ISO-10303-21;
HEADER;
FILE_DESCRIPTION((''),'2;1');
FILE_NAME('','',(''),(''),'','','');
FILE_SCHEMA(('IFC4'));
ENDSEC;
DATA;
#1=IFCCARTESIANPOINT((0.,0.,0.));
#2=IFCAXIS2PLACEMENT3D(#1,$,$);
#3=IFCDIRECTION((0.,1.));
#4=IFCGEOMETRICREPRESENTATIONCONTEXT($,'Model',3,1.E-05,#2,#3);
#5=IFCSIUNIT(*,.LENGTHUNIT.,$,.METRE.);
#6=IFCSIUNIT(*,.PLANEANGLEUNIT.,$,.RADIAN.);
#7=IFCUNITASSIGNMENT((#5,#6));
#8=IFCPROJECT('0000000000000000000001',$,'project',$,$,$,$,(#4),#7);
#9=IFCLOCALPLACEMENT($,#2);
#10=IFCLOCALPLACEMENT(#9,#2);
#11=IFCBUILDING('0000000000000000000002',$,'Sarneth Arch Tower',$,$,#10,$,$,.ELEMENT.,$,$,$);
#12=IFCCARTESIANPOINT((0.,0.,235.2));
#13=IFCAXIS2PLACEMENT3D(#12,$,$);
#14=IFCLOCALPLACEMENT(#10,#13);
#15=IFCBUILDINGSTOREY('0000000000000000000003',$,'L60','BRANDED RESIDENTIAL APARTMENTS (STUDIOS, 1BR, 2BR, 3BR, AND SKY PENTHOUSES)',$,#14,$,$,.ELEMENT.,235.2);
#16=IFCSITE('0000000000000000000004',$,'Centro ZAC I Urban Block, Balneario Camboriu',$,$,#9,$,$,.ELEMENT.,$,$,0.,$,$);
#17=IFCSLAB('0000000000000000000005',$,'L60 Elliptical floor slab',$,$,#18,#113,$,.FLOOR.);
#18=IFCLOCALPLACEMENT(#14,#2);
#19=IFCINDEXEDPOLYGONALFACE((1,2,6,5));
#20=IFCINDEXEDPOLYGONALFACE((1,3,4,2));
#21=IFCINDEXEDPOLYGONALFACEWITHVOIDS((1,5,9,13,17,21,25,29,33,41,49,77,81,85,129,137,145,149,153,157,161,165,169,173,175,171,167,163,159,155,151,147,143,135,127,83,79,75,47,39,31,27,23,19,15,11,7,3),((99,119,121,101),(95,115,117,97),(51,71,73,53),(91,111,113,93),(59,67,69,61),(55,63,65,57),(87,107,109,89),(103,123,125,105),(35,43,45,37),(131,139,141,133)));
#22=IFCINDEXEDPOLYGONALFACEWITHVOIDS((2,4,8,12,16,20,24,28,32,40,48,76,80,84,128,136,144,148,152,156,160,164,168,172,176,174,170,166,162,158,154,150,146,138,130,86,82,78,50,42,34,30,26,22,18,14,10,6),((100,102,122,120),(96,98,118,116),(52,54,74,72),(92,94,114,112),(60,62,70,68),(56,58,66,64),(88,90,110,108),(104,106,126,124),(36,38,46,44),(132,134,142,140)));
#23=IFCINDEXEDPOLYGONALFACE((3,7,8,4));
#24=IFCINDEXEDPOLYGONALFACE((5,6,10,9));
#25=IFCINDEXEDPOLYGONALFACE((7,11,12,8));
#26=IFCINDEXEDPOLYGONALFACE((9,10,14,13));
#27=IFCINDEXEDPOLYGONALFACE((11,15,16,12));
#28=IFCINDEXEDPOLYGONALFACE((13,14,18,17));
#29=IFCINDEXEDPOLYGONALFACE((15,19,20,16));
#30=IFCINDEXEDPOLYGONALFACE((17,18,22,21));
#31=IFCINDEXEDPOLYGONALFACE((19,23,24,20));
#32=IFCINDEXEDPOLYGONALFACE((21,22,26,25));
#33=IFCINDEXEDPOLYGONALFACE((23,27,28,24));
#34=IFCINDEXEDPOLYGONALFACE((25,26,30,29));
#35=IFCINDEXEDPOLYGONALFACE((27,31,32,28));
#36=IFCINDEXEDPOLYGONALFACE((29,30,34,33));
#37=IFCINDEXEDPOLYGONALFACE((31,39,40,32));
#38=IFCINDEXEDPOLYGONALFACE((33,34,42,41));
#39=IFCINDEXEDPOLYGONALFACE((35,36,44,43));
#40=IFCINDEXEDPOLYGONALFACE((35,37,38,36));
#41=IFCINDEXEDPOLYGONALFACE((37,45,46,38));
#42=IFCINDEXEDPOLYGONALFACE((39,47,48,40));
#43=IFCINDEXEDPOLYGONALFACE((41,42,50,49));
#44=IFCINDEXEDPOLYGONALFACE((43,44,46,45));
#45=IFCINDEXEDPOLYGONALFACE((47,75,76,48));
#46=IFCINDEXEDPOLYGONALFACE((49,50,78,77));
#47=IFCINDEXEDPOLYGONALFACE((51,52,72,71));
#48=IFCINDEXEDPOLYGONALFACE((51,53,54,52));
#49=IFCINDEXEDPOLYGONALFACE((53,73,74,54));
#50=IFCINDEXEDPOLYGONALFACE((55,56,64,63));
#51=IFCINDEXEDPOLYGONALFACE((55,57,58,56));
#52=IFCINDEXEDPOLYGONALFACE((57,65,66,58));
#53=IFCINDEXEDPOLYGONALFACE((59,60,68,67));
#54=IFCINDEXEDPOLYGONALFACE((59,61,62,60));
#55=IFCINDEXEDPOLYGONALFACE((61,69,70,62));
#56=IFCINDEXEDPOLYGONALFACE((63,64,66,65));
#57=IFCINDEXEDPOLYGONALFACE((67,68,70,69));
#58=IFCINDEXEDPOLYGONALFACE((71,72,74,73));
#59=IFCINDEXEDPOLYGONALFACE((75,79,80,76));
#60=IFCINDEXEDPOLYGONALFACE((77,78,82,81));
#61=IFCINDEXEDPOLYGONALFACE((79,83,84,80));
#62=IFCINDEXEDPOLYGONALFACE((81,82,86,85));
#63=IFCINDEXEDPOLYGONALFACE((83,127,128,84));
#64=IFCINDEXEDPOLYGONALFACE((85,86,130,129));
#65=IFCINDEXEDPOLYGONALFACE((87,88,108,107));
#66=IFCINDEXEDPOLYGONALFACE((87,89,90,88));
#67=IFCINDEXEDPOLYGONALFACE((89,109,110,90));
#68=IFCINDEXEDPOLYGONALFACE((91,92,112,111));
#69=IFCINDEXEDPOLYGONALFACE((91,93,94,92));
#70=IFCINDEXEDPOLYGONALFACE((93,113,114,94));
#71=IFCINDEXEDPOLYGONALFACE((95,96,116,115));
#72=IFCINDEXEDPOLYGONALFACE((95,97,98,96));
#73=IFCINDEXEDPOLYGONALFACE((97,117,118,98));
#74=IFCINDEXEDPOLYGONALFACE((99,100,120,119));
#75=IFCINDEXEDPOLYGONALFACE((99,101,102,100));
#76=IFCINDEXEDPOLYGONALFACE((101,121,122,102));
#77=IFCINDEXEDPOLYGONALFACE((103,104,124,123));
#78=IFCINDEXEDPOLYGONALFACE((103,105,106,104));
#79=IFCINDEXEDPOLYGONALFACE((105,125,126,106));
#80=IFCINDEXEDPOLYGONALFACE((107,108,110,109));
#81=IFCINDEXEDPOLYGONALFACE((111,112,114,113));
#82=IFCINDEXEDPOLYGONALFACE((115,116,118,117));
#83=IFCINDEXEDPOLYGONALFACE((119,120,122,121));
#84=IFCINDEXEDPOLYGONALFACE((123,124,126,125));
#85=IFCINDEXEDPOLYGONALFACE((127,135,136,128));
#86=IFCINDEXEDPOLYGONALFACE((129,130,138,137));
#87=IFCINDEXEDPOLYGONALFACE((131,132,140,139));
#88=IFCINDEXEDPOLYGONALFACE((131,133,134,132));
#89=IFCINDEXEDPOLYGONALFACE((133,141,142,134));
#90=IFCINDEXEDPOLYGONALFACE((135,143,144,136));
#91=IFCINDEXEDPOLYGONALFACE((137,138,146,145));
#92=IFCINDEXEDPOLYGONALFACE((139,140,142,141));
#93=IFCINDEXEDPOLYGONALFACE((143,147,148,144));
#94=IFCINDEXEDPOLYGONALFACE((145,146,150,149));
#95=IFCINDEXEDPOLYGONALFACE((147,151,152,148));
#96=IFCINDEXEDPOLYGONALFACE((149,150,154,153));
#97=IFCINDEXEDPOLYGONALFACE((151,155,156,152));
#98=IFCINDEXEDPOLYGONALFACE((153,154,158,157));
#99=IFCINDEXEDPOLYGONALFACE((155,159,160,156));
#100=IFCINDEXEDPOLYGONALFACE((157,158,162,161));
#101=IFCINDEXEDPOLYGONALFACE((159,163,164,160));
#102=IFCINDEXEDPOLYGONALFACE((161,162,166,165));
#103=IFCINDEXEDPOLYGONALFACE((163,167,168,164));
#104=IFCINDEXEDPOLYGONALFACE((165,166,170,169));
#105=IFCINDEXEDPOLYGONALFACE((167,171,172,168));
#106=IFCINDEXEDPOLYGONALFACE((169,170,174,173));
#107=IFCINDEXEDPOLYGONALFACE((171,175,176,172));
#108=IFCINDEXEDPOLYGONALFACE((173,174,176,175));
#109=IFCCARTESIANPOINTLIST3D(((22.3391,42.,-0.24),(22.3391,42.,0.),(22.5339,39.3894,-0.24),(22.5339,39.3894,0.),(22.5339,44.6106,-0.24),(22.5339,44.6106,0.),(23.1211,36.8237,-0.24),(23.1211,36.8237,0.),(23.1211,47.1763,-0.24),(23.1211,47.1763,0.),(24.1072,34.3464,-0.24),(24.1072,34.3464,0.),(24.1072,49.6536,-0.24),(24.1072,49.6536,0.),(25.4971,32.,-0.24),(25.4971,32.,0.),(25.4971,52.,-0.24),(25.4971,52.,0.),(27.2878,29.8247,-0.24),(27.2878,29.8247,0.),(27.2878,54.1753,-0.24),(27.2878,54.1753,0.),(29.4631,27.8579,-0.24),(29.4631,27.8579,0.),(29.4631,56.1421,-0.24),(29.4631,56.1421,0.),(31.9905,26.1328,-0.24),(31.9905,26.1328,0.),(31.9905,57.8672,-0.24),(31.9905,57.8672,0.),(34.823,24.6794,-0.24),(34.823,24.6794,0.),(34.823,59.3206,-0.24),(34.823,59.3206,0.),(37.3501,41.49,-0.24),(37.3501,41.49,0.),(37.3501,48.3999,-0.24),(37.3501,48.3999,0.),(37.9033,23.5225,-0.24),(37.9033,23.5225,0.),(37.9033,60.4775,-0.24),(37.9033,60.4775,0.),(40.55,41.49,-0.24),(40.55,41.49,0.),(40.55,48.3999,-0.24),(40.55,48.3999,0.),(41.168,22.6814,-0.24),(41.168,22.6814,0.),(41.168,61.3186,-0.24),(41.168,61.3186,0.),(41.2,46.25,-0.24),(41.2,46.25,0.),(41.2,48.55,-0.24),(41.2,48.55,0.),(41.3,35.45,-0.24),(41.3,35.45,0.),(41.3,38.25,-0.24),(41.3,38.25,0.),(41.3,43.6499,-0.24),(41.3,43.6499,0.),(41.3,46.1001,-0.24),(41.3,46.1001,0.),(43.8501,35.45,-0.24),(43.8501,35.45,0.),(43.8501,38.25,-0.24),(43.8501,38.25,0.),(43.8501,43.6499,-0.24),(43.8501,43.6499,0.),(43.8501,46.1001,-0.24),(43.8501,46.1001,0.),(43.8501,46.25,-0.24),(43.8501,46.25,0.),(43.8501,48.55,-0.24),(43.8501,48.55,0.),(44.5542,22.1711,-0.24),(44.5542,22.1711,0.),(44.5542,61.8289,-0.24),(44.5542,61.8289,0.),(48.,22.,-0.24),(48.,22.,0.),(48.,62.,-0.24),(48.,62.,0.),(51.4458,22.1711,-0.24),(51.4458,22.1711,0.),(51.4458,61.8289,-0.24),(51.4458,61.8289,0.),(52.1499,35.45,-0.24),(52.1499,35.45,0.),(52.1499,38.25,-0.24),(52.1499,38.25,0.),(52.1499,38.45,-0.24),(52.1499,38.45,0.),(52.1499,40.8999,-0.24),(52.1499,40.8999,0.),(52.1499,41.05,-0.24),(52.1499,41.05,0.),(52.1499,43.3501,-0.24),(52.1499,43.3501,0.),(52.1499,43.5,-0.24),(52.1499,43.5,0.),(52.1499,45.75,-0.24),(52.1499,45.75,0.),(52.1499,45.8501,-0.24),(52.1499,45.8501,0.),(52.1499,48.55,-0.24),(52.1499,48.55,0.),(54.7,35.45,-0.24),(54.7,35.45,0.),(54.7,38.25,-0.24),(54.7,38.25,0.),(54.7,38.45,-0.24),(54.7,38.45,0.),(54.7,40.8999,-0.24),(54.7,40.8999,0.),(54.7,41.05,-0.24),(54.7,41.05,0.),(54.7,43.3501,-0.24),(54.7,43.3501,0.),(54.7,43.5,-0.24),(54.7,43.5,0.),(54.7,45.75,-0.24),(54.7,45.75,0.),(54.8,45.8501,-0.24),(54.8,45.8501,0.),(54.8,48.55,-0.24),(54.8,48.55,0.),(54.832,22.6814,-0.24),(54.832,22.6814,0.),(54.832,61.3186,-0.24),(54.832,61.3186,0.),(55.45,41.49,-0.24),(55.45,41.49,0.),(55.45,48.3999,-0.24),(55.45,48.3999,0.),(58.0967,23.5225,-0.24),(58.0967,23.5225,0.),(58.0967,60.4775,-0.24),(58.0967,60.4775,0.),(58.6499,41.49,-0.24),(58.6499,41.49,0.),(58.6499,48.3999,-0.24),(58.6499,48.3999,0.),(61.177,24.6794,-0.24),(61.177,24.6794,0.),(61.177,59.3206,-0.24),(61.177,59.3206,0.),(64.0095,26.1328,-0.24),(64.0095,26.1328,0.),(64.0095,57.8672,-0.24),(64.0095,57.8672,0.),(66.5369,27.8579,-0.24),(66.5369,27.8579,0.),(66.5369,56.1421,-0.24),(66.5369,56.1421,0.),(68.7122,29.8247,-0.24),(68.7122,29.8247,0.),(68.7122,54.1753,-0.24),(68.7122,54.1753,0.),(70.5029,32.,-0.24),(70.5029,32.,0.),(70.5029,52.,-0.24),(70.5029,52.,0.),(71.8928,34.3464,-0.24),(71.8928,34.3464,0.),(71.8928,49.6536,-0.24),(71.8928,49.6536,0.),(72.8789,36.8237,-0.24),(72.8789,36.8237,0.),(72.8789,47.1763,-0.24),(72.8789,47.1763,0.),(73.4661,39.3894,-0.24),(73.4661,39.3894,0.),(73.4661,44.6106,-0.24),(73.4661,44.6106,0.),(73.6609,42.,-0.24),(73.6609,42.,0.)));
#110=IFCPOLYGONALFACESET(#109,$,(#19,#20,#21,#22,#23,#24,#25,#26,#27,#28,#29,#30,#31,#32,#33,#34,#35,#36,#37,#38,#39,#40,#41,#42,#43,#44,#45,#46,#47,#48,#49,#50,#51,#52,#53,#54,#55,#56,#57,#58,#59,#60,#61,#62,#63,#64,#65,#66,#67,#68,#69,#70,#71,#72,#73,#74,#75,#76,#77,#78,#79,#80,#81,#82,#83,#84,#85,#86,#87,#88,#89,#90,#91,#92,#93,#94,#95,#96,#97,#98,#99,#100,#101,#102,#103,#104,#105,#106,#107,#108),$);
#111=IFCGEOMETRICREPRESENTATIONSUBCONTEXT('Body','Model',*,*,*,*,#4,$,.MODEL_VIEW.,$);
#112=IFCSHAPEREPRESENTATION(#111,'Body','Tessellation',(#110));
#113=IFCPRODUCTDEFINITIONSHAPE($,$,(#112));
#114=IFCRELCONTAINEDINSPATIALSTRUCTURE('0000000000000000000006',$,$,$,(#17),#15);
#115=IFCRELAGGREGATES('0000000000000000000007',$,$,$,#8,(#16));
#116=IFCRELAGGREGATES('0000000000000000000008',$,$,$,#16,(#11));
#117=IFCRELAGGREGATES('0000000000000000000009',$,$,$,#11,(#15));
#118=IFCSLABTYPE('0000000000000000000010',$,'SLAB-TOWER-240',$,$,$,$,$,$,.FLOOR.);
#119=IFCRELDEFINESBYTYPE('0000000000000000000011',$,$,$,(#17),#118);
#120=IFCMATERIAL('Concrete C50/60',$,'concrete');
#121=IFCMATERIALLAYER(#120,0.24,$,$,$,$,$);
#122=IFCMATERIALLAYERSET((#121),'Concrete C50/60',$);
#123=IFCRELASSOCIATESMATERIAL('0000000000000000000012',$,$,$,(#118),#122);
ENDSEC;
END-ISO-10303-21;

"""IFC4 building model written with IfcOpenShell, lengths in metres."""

from ifc_helpers import new_model, si_unit, direction, frame, origin, place, context, subcontext, project, spatial, polyline, outline, extrude, material, layer, layer_set, type_object, element, save


model = new_model("IFC4")

# Units and contexts
model_context = context("Model", 3, precision=1e-05, world=origin(), true_north=direction((0.0, 1.0)))
body_context = subcontext(model_context, "Body", "Model", "MODEL_VIEW")
ifc_project = project(units=[si_unit("LENGTHUNIT", "METRE"), si_unit("PLANEANGLEUNIT", "RADIAN")], contexts=[model_context])

# Site, building, storey
site_placement = place(None, origin())
site = spatial("IfcSite", under=ifc_project, at=site_placement, Name="Centro ZAC I Urban Block, Balneario Camboriu", CompositionType="ELEMENT", RefElevation=0.0)
building_placement = place(site_placement, origin())
building = spatial("IfcBuilding", under=site, at=building_placement, Name="Sarneth Arch Tower", CompositionType="ELEMENT")
storey_placement = place(building_placement, frame((0.0, 0.0, 235.2)))
storey = spatial("IfcBuildingStorey", under=building, at=storey_placement, Name="L60", Description="BRANDED RESIDENTIAL APARTMENTS (STUDIOS, 1BR, 2BR, 3BR, AND SKY PENTHOUSES)", CompositionType="ELEMENT", Elevation=235.2)

# Slab
ifc_material_1 = material(Name="Concrete C50/60", Category="concrete")
ifc_layer_1 = layer(ifc_material_1, 0.24)
ifc_layer_set_1 = layer_set([ifc_layer_1], Name="Concrete C50/60")
slab_type_1 = type_object("IfcSlabType", Name="SLAB-TOWER-240", PredefinedType="FLOOR", material=ifc_layer_set_1)
slab_1_placement = place(storey_placement, frame((0.0, 0.0, -0.24)))
element("IfcSlab", 1, at=slab_1_placement, inside=storey, type_object=slab_type_1, Name="L60 Elliptical floor slab", PredefinedType="FLOOR", context=body_context, shape_type="SweptSolid", body=[
    extrude(outline(polyline([(73.6609, 42.0), (73.4661, 44.6106), (72.8789, 47.1763), (71.8928, 49.6536), (70.5029, 52.0), (68.7122, 54.1753), (66.5369, 56.1421), (64.0095, 57.8672), (61.177, 59.3206), (58.0967, 60.4775), (54.832, 61.3186), (51.4458, 61.8289), (48.0, 62.0), (44.5542, 61.8289), (41.168, 61.3186), (37.9033, 60.4775), (34.823, 59.3206), (31.9905, 57.8672), (29.4631, 56.1421), (27.2878, 54.1753), (25.4971, 52.0), (24.1072, 49.6536), (23.1211, 47.1763), (22.5339, 44.6106), (22.3391, 42.0), (22.5339, 39.3894), (23.1211, 36.8237), (24.1072, 34.3464), (25.4971, 32.0), (27.2878, 29.8247), (29.4631, 27.8579), (31.9905, 26.1328), (34.823, 24.6794), (37.9033, 23.5225), (41.168, 22.6814), (44.5542, 22.1711), (48.0, 22.0), (51.4458, 22.1711), (54.832, 22.6814), (58.0967, 23.5225), (61.177, 24.6794), (64.0095, 26.1328), (66.5369, 27.8579), (68.7122, 29.8247), (70.5029, 32.0), (71.8928, 34.3464), (72.8789, 36.8237), (73.4661, 39.3894), (73.6609, 42.0)]), holes=[polyline([(37.3501, 41.49), (40.55, 41.49), (40.55, 48.3999), (37.3501, 48.3999), (37.3501, 41.49)]), polyline([(55.45, 41.49), (58.6499, 41.49), (58.6499, 48.3999), (55.45, 48.3999), (55.45, 41.49)]), polyline([(41.2, 46.25), (43.8501, 46.25), (43.8501, 48.55), (41.2, 48.55), (41.2, 46.25)]), polyline([(41.3, 35.45), (43.8501, 35.45), (43.8501, 38.25), (41.3, 38.25), (41.3, 35.45)]), polyline([(52.1499, 35.45), (54.7, 35.45), (54.7, 38.25), (52.1499, 38.25), (52.1499, 35.45)]), polyline([(52.1499, 45.8501), (54.8, 45.8501), (54.8, 48.55), (52.1499, 48.55), (52.1499, 45.8501)]), polyline([(41.3, 43.6499), (43.8501, 43.6499), (43.8501, 46.1001), (41.3, 46.1001), (41.3, 43.6499)]), polyline([(52.1499, 38.45), (54.7, 38.45), (54.7, 40.8999), (52.1499, 40.8999), (52.1499, 38.45)]), polyline([(52.1499, 41.05), (54.7, 41.05), (54.7, 43.3501), (52.1499, 43.3501), (52.1499, 41.05)]), polyline([(52.1499, 43.5), (54.7, 43.5), (54.7, 45.75), (52.1499, 45.75), (52.1499, 43.5)])]), origin(), (0.0, 0.0, 1.0), 0.24),
])

save(model, "model.ifc")
